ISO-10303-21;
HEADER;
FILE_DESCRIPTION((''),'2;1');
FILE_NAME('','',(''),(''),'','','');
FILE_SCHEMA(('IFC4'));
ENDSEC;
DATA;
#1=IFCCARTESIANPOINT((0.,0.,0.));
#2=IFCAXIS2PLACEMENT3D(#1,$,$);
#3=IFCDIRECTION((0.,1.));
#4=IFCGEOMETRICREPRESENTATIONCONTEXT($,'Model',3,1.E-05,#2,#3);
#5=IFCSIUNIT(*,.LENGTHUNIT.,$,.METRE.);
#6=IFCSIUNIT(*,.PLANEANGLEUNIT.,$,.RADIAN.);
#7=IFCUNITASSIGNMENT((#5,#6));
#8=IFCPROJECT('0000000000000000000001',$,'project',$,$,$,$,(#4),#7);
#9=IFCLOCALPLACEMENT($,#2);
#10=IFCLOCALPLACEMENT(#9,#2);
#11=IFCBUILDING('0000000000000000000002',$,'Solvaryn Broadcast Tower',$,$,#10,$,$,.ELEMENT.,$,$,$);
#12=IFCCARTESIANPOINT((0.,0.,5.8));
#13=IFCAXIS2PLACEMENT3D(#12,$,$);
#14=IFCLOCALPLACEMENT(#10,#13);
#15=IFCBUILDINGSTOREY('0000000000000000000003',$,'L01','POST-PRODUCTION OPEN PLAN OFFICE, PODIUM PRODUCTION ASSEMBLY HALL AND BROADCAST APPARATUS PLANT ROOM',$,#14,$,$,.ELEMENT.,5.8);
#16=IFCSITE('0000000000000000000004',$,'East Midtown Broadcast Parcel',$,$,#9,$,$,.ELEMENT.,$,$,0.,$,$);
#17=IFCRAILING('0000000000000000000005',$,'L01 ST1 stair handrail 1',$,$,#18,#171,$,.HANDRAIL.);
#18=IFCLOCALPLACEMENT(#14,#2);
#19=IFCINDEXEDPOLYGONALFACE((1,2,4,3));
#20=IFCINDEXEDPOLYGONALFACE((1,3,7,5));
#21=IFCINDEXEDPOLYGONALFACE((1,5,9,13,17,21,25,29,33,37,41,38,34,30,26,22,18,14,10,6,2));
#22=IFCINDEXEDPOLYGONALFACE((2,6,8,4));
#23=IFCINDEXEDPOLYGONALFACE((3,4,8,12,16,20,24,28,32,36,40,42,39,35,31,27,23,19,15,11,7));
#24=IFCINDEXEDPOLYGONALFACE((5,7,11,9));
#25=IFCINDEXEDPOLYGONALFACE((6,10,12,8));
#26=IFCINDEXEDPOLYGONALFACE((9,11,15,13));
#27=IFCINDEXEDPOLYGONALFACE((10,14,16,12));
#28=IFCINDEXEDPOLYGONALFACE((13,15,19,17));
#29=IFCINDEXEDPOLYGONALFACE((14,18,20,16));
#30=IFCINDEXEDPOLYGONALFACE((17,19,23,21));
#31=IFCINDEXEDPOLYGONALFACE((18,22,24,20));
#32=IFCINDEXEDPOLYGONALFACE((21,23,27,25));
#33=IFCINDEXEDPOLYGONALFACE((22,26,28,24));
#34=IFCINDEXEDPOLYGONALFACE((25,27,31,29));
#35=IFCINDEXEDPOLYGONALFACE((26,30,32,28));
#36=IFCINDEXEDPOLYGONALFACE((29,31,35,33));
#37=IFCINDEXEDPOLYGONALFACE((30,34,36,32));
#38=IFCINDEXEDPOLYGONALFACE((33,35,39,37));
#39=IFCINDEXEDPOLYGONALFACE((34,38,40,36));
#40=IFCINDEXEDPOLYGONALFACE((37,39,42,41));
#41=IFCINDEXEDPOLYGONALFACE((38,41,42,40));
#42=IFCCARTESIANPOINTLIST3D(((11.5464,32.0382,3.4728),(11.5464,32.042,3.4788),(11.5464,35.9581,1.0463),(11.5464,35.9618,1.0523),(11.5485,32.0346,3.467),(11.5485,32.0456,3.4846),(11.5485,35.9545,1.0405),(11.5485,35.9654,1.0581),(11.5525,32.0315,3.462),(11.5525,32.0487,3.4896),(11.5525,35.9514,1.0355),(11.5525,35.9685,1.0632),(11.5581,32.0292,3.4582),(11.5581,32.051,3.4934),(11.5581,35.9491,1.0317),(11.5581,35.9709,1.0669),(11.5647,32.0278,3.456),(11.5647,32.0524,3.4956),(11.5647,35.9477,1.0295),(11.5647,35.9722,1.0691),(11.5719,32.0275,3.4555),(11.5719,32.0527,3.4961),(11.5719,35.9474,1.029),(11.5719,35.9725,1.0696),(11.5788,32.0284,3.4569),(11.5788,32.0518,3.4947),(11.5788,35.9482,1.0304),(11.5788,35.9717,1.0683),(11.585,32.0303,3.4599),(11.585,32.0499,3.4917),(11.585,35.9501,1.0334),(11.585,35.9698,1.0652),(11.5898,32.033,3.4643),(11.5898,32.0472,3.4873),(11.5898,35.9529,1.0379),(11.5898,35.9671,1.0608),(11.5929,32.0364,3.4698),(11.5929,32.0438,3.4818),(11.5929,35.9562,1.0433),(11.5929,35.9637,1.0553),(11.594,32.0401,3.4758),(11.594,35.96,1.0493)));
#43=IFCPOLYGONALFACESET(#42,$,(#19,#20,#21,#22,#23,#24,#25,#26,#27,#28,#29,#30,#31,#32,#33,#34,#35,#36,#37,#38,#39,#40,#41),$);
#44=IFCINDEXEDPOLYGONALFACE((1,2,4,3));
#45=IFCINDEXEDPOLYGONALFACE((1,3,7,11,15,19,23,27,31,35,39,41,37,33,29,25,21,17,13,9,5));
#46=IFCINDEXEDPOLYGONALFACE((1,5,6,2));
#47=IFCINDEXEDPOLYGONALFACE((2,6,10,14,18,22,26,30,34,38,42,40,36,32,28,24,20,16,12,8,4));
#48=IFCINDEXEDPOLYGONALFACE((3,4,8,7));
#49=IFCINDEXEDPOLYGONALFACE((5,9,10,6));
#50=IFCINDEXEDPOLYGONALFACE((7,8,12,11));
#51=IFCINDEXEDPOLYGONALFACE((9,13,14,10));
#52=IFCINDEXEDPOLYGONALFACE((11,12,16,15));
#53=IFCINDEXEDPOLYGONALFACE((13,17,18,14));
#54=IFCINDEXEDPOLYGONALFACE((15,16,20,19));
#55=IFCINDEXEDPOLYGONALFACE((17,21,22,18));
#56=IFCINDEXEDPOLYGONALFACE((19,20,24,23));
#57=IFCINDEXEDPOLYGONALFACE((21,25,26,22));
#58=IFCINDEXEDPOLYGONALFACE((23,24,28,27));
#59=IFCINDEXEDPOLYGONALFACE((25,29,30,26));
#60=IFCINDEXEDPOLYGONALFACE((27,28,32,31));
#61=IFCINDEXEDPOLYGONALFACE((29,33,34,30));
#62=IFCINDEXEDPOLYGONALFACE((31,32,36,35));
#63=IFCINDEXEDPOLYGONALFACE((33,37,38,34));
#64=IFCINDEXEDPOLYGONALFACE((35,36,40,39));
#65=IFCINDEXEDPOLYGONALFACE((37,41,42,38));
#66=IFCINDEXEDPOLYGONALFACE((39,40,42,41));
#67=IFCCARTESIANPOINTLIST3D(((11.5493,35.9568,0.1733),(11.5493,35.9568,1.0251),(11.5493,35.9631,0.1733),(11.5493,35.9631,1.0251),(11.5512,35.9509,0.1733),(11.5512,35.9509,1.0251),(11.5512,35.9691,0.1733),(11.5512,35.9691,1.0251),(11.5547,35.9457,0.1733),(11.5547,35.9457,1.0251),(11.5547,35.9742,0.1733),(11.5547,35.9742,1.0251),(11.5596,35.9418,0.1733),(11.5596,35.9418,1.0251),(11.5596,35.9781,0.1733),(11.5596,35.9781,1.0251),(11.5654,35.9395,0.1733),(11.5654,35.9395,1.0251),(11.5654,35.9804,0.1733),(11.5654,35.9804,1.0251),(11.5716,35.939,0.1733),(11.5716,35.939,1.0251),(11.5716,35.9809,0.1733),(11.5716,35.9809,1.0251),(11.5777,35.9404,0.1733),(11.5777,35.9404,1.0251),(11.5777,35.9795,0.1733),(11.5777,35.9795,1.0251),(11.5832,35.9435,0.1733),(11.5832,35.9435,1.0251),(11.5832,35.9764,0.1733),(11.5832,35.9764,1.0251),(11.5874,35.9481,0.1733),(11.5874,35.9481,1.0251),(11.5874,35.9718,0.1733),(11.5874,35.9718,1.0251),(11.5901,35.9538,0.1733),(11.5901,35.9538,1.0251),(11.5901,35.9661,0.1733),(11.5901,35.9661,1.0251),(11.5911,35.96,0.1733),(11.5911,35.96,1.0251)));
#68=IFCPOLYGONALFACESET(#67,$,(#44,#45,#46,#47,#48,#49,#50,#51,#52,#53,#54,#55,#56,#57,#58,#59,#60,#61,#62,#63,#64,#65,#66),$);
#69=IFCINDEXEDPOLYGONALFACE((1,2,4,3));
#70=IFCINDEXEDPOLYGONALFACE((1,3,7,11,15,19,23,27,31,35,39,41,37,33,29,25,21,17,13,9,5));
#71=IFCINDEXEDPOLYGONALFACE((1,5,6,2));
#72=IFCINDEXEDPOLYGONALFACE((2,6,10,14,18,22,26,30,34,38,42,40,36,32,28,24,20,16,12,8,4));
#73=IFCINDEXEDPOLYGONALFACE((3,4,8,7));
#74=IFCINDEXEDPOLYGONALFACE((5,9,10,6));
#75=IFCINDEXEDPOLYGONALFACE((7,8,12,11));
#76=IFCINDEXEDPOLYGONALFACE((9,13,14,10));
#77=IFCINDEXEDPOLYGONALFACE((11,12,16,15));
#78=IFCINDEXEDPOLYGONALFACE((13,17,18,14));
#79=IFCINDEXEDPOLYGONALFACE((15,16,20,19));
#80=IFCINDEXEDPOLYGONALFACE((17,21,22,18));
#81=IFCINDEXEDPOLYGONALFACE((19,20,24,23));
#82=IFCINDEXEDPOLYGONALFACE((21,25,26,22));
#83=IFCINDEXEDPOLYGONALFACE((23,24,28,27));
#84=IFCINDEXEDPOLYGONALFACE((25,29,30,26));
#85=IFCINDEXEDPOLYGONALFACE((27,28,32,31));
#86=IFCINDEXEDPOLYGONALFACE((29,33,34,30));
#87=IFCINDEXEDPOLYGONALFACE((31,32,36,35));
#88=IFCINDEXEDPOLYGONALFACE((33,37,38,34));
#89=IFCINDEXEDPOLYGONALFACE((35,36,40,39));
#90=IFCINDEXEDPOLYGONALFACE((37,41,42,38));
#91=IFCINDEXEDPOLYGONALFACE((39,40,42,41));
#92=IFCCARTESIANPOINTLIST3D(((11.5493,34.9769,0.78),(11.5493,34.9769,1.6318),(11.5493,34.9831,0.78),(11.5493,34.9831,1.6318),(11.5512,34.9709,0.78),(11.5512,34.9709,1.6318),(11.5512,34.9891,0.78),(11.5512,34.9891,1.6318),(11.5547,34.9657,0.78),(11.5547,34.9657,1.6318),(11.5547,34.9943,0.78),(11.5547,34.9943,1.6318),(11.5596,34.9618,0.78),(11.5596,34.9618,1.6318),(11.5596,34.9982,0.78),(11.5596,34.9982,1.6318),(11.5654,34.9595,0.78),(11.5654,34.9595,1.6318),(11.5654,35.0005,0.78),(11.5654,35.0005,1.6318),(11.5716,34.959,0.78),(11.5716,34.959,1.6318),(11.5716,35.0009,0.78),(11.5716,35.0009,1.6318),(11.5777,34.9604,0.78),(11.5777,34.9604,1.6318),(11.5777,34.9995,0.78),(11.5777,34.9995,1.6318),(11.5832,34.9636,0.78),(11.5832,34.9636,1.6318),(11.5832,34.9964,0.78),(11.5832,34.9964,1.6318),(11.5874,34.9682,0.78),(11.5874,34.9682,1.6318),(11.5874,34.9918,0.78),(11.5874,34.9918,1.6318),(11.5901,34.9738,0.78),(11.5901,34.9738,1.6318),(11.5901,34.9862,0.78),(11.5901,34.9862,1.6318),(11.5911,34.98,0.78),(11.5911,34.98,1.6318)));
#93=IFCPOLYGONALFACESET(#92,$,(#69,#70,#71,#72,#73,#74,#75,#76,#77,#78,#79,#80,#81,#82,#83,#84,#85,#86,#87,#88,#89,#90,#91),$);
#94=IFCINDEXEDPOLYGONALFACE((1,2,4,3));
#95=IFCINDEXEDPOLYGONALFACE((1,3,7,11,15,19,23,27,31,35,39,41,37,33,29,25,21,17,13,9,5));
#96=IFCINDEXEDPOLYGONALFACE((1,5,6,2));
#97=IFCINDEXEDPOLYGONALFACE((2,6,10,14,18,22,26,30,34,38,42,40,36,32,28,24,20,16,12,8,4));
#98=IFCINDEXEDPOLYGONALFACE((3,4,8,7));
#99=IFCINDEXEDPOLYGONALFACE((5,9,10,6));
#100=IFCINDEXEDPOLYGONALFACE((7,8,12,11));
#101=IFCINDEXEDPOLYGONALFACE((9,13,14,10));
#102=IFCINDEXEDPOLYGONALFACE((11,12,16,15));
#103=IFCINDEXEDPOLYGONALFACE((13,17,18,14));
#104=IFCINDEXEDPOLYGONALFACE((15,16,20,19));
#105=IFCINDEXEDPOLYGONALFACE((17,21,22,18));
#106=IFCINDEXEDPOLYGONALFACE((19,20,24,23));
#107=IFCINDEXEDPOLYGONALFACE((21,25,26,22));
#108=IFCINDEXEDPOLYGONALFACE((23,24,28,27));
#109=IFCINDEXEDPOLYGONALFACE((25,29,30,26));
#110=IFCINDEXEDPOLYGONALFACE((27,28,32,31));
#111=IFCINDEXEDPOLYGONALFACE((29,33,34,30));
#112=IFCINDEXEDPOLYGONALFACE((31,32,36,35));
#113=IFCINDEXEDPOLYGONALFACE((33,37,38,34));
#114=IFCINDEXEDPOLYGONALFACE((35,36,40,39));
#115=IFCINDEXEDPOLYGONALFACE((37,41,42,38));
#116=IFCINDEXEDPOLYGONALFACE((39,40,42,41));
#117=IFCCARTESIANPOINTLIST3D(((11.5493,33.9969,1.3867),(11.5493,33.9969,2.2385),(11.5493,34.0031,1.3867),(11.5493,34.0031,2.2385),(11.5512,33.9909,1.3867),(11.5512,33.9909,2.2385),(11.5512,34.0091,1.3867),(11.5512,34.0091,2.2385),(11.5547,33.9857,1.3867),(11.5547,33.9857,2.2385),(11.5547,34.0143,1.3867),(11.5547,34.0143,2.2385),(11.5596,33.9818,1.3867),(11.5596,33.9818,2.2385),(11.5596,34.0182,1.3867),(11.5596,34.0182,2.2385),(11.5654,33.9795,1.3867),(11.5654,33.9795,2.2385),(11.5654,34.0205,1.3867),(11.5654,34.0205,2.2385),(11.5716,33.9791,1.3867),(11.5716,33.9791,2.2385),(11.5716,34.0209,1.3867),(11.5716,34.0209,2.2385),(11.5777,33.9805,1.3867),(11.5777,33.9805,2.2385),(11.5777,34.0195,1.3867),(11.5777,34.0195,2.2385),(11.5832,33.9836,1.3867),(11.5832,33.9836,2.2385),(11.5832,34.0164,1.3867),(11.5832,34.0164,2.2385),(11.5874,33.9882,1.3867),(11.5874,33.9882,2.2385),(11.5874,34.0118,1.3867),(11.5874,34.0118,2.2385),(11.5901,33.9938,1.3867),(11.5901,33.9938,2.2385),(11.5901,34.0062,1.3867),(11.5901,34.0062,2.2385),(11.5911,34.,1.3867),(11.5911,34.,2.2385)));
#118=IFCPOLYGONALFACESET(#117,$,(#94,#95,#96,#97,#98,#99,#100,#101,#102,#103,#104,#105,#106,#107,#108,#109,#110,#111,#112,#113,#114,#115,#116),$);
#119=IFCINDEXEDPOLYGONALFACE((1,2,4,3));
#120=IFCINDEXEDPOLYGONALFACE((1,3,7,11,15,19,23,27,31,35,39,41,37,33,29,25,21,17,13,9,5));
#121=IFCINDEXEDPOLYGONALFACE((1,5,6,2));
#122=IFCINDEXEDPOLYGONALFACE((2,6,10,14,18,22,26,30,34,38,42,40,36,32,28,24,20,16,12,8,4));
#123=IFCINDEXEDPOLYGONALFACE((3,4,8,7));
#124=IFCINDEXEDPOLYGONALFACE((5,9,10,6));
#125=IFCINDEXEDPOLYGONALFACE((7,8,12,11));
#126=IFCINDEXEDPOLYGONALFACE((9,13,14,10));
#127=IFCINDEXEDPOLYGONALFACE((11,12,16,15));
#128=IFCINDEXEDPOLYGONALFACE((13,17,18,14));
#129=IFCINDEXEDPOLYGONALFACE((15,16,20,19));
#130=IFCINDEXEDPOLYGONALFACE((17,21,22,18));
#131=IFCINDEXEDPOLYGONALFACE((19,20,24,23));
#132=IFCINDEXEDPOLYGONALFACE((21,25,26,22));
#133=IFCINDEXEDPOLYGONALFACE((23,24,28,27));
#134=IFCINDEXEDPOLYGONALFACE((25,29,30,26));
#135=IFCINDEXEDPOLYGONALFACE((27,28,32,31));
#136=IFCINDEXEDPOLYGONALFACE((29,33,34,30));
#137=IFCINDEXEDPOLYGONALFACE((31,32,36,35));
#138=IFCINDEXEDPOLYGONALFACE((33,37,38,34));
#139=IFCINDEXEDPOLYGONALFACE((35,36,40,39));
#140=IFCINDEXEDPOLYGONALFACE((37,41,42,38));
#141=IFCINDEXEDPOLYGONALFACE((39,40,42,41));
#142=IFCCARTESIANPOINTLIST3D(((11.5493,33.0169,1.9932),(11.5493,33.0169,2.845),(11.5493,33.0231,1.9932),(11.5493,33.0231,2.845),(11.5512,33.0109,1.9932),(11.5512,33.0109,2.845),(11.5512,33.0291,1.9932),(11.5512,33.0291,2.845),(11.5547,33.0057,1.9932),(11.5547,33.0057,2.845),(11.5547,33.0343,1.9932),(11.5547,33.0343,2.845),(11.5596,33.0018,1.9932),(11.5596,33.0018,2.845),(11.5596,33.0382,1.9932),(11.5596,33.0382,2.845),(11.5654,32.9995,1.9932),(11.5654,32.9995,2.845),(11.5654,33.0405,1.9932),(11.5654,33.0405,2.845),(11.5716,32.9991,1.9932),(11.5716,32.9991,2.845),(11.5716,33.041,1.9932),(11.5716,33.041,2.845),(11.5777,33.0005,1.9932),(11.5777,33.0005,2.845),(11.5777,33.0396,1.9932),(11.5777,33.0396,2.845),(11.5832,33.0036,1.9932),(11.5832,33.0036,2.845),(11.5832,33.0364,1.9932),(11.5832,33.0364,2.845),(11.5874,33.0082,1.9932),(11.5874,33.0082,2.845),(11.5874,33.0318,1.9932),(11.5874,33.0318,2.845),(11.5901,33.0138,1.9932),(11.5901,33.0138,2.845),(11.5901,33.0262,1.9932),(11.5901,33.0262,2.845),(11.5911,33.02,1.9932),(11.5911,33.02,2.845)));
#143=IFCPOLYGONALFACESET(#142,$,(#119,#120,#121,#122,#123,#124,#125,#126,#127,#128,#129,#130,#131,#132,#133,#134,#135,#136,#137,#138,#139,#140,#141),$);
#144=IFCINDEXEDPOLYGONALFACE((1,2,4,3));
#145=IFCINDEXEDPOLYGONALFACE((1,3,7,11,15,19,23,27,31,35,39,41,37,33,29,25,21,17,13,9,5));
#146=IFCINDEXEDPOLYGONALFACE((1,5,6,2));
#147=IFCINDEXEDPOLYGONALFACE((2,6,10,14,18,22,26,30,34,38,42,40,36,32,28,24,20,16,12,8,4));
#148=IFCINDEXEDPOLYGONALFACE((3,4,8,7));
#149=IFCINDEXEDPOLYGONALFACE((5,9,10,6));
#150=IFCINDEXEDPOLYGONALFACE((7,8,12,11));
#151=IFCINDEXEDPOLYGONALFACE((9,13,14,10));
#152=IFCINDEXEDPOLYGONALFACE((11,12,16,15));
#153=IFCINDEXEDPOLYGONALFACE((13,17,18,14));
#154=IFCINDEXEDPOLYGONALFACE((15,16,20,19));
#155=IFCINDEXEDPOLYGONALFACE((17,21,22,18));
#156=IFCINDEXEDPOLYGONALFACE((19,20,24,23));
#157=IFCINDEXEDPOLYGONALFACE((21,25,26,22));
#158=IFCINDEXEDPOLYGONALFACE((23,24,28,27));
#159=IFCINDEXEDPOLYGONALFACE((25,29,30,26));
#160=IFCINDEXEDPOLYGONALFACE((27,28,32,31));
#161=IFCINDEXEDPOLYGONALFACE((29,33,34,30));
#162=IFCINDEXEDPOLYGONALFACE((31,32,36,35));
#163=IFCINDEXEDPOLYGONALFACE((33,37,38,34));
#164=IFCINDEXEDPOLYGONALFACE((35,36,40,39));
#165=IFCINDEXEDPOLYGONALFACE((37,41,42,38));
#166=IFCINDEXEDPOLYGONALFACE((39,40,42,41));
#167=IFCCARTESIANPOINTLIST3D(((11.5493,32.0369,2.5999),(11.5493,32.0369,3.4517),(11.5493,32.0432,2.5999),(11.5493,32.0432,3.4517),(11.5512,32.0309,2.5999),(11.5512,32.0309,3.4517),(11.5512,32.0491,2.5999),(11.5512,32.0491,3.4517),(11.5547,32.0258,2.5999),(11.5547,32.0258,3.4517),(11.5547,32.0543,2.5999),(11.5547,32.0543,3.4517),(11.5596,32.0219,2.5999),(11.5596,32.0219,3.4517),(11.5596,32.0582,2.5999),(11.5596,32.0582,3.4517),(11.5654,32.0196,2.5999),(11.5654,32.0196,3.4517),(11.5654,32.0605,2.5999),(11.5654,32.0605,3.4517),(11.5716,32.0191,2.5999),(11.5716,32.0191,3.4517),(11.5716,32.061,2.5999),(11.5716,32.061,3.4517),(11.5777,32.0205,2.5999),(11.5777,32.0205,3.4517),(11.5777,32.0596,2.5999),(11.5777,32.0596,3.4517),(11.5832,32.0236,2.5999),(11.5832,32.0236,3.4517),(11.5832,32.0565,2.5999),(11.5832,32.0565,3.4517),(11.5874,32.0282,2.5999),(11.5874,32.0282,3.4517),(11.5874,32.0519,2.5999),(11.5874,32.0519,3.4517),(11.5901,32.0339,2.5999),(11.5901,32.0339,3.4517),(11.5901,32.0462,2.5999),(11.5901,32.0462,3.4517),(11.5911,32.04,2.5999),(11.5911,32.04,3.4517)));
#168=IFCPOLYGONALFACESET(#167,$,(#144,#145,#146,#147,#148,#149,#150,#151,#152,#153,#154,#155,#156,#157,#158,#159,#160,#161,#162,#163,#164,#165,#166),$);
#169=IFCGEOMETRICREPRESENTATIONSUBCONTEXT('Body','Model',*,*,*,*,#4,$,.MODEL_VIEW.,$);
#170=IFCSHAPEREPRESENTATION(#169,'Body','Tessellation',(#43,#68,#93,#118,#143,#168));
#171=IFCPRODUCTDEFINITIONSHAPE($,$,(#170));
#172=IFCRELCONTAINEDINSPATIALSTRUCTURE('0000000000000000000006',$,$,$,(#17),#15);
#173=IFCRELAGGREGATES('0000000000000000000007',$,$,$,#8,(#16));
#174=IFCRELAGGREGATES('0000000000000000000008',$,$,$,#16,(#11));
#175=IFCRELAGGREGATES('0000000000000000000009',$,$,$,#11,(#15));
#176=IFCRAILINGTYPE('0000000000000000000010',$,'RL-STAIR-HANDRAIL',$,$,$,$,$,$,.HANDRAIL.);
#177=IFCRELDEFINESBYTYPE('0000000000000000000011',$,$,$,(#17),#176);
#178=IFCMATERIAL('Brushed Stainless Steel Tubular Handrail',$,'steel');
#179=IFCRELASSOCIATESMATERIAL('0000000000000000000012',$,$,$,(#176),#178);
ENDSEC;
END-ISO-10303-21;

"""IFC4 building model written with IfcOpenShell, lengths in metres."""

from ifc_helpers import new_model, si_unit, direction, frame, origin, origin_2d, place, context, subcontext, project, spatial, circle, extrude, material, type_object, element, save


model = new_model("IFC4")

# Units and contexts
model_context = context("Model", 3, precision=1e-05, world=origin(), true_north=direction((0.0, 1.0)))
body_context = subcontext(model_context, "Body", "Model", "MODEL_VIEW")
ifc_project = project(units=[si_unit("LENGTHUNIT", "METRE"), si_unit("PLANEANGLEUNIT", "RADIAN")], contexts=[model_context])

# Site, building, storey
site_placement = place(None, origin())
site = spatial("IfcSite", under=ifc_project, at=site_placement, Name="East Midtown Broadcast Parcel", CompositionType="ELEMENT", RefElevation=0.0)
building_placement = place(site_placement, origin())
building = spatial("IfcBuilding", under=site, at=building_placement, Name="Solvaryn Broadcast Tower", CompositionType="ELEMENT")
storey_placement = place(building_placement, frame((0.0, 0.0, 5.8)))
storey = spatial("IfcBuildingStorey", under=building, at=storey_placement, Name="L01", Description="POST-PRODUCTION OPEN PLAN OFFICE, PODIUM PRODUCTION ASSEMBLY HALL AND BROADCAST APPARATUS PLANT ROOM", CompositionType="ELEMENT", Elevation=5.8)

# Railing
ifc_material_1 = material(Name="Brushed Stainless Steel Tubular Handrail", Category="steel")
railing_type_1 = type_object("IfcRailingType", Name="RL-STAIR-HANDRAIL", PredefinedType="HANDRAIL", material=ifc_material_1)
railing_1_placement = place(storey_placement, frame((11.5701, 35.96, 0.1733)))
element("IfcRailing", 1, at=railing_1_placement, inside=storey, type_object=railing_type_1, Name="L01 ST1 stair handrail 1", PredefinedType="HANDRAIL", context=body_context, shape_type="SweptSolid", body=[
    extrude(circle(Radius=0.0239, at=origin_2d()), frame((0.0, 0.0, 0.876), z_axis=(0.0, -0.850275, 0.526338), x_axis=(1.0, 0.0, 0.0)), (0.0, 0.0, 1.0), 4.6101),
    extrude(circle(Radius=0.021, at=origin_2d()), origin(), (0.0, 0.0, 1.0), 0.8518),
    extrude(circle(Radius=0.021, at=origin_2d()), frame((0.0, -0.98, 0.6067)), (0.0, 0.0, 1.0), 0.8518),
    extrude(circle(Radius=0.021, at=origin_2d()), frame((0.0, -1.96, 1.2134)), (0.0, 0.0, 1.0), 0.8518),
    extrude(circle(Radius=0.021, at=origin_2d()), frame((0.0, -2.9399, 1.8198)), (0.0, 0.0, 1.0), 0.8518),
    extrude(circle(Radius=0.021, at=origin_2d()), frame((0.0, -3.9199, 2.4265)), (0.0, 0.0, 1.0), 0.8518),
])

save(model, "model.ifc")
